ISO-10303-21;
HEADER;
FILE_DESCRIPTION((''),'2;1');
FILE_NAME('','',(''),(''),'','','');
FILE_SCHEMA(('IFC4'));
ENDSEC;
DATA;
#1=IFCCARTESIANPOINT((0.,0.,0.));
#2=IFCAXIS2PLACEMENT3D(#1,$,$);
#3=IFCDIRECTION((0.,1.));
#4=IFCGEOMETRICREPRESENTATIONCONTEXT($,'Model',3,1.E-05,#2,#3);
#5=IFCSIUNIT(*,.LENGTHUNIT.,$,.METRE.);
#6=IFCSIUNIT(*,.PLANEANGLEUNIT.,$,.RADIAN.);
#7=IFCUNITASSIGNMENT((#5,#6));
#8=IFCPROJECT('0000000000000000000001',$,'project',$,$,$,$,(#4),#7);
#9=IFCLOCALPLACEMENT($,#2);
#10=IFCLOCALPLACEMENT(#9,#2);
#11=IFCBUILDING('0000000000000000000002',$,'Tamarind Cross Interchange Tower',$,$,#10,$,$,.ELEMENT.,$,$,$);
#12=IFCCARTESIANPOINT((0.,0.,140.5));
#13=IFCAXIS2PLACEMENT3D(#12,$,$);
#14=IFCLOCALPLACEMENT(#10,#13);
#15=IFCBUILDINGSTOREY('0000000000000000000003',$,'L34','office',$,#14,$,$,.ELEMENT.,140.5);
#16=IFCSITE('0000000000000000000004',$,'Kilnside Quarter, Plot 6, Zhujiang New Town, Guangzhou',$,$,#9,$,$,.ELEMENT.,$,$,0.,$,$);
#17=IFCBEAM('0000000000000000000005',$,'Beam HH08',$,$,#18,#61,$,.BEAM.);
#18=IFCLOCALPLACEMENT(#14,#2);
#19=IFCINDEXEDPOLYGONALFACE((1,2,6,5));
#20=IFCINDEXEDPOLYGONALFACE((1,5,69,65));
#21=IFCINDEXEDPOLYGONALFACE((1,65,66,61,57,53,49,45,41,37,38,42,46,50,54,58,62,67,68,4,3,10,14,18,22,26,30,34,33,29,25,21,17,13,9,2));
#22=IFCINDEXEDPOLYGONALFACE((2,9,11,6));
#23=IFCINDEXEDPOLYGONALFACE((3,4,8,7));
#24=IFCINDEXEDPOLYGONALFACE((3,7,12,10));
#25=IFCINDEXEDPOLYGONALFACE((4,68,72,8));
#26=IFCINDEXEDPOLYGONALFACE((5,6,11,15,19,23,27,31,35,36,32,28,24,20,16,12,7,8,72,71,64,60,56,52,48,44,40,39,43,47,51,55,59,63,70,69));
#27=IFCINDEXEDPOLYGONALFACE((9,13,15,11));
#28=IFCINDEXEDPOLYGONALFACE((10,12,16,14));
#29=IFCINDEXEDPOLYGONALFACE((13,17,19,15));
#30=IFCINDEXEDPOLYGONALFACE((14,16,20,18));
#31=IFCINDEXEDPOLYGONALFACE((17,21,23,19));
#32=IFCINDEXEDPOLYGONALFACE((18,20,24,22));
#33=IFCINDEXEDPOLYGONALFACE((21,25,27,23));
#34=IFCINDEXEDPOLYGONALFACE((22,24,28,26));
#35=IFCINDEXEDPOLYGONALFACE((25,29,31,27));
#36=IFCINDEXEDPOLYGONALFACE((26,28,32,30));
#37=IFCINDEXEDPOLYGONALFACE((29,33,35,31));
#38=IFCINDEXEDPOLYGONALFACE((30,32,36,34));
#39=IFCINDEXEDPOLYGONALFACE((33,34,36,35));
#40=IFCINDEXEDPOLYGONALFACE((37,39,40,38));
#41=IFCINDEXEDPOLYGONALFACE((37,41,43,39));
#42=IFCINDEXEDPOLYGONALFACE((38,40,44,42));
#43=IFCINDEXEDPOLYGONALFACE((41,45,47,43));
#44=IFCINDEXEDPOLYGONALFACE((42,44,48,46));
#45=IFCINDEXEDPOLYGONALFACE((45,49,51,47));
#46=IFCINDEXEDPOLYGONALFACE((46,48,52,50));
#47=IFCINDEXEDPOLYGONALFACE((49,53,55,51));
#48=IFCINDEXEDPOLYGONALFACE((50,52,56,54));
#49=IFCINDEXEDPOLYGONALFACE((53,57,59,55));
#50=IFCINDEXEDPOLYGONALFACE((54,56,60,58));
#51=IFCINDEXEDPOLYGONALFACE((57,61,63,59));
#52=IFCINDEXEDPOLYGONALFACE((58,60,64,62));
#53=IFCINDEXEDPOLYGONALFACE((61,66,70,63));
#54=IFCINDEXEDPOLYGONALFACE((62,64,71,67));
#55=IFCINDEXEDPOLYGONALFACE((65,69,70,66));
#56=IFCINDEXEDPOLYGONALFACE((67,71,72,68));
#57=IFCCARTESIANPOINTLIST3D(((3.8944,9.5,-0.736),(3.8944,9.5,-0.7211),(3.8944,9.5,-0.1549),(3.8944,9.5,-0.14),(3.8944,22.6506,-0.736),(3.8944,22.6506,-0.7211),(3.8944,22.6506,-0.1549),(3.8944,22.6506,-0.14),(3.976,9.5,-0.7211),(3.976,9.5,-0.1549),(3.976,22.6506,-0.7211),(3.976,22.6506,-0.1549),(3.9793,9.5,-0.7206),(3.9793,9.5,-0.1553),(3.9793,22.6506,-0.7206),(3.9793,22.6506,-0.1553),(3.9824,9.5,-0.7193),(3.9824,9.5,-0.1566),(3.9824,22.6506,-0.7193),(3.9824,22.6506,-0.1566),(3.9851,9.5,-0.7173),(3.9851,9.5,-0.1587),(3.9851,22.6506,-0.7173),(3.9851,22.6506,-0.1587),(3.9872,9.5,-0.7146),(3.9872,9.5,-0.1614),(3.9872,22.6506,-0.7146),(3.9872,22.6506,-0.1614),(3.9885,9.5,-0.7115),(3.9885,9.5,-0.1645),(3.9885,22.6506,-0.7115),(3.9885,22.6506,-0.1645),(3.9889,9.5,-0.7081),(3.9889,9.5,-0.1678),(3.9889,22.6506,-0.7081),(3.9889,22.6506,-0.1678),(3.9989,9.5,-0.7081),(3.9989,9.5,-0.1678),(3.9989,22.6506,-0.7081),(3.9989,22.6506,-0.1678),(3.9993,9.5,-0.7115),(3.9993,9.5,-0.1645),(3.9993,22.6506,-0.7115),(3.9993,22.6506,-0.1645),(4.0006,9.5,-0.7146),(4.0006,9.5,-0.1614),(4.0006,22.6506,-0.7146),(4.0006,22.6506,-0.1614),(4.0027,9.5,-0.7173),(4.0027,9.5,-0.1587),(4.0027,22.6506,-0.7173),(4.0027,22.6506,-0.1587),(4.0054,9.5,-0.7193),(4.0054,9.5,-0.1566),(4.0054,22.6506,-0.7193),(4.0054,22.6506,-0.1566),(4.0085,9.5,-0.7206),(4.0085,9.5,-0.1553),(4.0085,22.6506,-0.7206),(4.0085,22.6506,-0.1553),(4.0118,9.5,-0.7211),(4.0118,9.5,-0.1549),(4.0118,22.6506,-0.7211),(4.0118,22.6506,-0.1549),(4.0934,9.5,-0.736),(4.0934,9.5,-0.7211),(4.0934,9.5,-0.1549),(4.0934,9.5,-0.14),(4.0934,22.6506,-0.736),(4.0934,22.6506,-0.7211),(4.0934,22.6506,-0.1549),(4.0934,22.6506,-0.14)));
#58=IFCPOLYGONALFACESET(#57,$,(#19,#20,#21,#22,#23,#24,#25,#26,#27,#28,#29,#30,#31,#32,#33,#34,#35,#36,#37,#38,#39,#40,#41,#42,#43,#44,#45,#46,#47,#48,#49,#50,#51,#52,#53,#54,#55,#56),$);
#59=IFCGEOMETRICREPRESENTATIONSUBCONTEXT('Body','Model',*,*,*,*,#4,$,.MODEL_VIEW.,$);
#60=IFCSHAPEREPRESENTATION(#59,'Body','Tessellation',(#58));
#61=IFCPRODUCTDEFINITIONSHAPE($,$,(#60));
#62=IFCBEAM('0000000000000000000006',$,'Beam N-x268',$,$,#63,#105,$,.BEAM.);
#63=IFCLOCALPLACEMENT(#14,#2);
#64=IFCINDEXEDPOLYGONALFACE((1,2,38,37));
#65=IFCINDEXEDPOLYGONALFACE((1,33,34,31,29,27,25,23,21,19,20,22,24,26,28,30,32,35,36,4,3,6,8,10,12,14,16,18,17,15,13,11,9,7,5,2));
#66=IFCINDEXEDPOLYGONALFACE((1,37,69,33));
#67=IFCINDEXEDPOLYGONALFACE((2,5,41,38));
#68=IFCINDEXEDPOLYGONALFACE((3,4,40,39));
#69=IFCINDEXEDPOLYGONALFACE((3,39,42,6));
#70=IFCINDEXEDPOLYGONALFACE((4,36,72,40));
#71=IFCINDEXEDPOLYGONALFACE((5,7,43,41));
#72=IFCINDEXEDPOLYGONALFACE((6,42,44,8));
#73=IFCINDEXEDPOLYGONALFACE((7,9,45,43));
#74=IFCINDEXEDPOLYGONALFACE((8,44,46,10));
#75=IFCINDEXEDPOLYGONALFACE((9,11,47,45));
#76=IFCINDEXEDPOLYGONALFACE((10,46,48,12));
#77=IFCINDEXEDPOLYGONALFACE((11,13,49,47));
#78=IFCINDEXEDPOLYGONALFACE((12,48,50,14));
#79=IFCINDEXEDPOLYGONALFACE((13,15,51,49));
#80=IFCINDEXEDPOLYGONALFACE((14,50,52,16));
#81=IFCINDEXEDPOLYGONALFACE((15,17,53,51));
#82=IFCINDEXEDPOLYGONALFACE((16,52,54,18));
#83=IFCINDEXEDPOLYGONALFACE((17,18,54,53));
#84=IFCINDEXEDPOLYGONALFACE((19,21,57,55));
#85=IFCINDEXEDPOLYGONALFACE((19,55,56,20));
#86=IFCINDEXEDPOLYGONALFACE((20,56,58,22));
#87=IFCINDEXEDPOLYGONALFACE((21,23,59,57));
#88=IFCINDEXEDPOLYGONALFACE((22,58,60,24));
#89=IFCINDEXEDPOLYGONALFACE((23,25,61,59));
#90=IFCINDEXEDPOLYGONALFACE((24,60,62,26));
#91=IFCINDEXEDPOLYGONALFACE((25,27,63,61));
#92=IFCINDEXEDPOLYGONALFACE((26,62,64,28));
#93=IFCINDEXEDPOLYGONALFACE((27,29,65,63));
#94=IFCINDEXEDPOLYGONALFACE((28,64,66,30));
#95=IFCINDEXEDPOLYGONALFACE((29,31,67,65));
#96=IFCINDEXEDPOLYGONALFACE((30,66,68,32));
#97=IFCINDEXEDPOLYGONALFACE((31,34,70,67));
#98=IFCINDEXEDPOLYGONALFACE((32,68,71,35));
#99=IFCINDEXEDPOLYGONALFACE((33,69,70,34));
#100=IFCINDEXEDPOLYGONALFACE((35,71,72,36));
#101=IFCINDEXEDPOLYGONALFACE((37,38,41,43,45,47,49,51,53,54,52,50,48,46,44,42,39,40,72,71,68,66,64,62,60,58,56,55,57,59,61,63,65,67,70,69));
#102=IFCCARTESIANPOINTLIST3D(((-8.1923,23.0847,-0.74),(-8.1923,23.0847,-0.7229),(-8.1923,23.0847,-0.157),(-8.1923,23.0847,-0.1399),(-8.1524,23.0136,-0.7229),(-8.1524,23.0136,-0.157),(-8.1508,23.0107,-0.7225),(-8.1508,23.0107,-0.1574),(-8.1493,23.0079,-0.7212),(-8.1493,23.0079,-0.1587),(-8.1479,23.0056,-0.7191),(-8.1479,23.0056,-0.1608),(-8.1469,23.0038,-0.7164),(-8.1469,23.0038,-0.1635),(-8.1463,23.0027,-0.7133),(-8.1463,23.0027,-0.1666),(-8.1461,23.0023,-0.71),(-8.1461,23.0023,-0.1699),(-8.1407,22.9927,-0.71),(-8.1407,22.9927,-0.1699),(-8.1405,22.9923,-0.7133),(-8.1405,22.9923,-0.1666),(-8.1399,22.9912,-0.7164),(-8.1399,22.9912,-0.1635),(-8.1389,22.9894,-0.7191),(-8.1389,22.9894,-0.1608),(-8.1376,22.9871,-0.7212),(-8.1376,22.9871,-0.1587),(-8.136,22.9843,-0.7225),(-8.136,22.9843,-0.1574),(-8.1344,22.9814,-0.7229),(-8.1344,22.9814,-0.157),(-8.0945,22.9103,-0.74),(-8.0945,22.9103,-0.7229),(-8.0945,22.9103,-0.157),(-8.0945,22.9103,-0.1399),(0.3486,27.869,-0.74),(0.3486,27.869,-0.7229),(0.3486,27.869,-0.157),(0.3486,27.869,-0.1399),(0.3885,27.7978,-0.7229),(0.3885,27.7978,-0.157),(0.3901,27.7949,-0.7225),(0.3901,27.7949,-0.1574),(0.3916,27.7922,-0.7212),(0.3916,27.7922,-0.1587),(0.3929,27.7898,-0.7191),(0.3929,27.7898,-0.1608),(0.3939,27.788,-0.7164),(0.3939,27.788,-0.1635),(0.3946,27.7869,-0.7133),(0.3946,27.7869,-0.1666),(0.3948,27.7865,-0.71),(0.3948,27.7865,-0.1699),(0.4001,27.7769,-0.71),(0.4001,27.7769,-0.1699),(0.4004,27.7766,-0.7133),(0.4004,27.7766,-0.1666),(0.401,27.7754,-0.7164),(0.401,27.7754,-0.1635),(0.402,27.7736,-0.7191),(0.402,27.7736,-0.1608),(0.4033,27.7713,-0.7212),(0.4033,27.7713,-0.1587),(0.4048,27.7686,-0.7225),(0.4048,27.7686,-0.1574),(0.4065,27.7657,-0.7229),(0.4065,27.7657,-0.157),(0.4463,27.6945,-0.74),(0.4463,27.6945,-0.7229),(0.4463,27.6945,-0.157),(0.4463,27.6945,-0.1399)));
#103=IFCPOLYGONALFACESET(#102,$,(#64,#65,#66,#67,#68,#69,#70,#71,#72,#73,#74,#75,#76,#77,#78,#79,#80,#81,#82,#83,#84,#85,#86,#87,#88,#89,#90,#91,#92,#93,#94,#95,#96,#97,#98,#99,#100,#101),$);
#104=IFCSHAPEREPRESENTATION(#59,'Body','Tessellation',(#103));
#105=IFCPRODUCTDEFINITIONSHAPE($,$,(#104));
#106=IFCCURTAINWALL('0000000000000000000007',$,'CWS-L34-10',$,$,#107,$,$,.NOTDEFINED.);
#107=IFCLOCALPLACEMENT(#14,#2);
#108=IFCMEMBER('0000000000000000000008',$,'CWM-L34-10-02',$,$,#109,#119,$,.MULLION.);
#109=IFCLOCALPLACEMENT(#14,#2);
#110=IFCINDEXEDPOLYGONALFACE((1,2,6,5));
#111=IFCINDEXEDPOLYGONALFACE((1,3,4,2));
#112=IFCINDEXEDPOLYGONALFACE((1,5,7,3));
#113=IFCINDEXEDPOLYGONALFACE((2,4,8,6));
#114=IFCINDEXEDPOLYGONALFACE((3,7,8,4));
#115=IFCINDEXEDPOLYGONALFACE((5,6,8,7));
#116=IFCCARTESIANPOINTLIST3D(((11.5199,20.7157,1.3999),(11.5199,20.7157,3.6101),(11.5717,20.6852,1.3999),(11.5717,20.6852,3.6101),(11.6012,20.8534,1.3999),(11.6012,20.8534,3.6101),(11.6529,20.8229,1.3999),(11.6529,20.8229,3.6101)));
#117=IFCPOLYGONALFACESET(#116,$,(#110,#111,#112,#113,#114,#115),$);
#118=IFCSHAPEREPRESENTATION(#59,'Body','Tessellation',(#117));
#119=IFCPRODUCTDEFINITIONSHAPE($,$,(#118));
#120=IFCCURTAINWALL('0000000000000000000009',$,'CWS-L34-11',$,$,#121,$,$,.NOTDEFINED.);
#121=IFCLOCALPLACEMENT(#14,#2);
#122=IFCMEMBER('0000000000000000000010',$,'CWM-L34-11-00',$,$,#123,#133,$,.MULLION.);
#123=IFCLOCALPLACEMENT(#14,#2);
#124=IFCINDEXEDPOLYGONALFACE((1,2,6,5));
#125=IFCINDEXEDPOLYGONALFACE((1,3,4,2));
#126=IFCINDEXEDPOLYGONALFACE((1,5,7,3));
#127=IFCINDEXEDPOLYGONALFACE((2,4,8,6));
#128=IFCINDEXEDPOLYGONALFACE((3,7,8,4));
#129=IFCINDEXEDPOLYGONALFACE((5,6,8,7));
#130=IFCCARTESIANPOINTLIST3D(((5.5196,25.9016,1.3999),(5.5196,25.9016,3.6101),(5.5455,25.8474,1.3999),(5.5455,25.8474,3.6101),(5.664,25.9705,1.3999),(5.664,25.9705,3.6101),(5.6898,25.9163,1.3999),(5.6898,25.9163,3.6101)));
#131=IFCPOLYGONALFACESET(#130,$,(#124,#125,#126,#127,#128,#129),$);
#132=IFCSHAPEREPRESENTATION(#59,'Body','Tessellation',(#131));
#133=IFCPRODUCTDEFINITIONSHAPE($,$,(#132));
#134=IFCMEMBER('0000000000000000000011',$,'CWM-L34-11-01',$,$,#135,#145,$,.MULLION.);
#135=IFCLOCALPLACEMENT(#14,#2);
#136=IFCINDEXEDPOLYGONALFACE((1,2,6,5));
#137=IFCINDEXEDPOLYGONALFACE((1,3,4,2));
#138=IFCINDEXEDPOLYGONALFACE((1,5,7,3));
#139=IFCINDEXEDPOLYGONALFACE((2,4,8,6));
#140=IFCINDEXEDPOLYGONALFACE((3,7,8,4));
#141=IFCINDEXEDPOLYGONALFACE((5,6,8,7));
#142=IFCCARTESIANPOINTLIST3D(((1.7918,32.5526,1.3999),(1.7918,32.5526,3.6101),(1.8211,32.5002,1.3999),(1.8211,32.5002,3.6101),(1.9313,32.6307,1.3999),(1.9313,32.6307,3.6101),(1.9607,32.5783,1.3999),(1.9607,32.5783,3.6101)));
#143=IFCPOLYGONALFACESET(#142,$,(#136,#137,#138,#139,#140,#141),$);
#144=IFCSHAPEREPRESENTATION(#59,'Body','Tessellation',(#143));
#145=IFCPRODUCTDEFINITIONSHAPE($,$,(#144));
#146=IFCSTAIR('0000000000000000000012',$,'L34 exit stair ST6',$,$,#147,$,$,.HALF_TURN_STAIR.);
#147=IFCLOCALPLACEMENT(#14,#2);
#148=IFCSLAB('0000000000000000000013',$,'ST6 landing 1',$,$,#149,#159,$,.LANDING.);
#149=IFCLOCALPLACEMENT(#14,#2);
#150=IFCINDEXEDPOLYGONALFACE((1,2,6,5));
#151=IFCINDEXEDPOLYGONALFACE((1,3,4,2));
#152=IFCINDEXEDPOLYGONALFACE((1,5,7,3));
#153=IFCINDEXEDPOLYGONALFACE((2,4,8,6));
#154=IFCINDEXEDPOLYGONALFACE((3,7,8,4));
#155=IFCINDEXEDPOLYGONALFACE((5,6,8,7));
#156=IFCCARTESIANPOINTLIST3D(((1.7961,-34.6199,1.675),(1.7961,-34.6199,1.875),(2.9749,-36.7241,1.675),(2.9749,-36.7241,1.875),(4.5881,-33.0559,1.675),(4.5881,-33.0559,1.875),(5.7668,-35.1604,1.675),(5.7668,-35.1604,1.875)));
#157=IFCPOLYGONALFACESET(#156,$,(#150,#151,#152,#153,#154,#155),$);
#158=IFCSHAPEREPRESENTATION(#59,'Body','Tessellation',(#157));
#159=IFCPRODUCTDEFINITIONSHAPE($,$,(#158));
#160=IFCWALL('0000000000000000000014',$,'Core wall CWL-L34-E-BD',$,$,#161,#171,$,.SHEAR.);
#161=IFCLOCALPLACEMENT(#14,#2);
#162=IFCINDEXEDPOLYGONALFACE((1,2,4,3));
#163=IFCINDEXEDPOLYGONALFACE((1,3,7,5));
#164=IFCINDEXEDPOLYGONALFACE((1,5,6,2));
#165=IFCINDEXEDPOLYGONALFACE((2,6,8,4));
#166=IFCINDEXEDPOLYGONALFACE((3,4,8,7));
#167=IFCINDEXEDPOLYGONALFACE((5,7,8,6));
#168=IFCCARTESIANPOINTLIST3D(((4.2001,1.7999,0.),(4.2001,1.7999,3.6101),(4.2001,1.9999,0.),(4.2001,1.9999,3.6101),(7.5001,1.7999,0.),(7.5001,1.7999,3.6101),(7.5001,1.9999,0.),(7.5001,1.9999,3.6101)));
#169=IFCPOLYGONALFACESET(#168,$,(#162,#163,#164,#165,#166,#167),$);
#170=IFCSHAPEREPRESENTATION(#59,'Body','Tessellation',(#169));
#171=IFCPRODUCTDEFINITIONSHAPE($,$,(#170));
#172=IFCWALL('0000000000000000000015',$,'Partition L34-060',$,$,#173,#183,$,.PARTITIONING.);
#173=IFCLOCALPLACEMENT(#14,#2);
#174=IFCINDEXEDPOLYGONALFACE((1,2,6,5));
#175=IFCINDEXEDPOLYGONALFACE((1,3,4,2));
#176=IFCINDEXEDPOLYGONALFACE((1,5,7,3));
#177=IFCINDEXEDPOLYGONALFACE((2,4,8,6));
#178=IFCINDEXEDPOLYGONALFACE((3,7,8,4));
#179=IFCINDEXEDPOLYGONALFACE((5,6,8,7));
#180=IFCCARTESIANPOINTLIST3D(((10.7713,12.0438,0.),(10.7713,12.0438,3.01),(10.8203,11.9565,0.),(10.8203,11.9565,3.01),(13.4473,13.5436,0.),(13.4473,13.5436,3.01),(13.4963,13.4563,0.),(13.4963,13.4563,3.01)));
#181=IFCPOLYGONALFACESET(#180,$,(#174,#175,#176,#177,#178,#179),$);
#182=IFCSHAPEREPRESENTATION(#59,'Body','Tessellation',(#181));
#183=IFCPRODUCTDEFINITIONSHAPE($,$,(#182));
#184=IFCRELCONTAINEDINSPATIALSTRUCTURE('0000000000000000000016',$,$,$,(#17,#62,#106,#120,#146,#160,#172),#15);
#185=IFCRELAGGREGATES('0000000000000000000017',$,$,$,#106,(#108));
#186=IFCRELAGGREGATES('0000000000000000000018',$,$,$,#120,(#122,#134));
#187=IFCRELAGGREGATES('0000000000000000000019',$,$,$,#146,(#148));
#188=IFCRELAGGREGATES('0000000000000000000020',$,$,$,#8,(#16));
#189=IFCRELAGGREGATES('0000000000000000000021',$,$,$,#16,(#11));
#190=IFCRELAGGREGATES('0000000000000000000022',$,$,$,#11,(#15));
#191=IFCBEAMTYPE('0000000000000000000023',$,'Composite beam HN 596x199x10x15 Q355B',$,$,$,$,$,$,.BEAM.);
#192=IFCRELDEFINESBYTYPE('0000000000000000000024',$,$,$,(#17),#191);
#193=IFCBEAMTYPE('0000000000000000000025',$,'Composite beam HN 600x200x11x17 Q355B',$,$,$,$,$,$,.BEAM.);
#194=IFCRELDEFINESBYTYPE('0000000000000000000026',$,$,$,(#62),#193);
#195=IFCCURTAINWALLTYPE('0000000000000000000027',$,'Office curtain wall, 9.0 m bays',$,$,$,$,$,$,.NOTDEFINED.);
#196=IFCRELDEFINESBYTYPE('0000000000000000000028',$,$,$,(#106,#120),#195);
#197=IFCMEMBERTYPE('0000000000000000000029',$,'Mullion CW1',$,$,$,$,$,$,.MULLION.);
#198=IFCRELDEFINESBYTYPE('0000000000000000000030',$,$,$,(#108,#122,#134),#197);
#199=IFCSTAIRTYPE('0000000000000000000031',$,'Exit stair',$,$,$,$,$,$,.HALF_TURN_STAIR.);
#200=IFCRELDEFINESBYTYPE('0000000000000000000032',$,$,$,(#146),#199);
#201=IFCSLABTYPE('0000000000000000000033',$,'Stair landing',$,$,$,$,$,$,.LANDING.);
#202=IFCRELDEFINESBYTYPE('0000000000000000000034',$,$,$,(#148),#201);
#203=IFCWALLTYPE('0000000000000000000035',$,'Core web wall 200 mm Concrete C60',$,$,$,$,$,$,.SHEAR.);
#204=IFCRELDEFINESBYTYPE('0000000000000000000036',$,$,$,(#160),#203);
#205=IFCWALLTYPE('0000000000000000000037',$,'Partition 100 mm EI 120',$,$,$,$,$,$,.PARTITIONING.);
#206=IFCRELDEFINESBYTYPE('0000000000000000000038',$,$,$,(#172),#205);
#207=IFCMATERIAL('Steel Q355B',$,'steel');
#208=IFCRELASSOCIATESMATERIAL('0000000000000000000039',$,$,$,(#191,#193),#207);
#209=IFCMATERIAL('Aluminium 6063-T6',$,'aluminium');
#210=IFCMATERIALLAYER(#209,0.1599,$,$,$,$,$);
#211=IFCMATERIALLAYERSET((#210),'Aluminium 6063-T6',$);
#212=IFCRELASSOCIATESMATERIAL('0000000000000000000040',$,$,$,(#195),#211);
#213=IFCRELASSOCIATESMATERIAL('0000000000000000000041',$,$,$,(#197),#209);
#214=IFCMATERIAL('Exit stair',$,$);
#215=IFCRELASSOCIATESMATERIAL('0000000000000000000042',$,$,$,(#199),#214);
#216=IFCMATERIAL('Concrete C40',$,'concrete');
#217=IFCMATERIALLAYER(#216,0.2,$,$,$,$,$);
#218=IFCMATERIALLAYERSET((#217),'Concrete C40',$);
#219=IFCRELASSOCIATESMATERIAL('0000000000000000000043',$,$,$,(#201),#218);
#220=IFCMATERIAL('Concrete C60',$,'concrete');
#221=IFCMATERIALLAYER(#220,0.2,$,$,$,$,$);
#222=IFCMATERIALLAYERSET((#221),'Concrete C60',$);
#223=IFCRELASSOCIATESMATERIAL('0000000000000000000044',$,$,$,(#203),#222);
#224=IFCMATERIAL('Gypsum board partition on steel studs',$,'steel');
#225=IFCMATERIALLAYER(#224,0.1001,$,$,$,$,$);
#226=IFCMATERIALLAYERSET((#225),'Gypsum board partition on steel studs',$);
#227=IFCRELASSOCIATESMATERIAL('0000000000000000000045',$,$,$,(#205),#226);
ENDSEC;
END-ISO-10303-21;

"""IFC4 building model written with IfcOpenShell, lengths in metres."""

from ifc_helpers import new_model, si_unit, direction, frame, frame_2d, origin, origin_2d, place, context, subcontext, project, spatial, polyline, rectangle, i_section, outline, extrude, material, layer, layer_set, material_profile, profile_set, type_object, element, aggregate, save


model = new_model("IFC4")

# Units and contexts
model_context = context("Model", 3, precision=1e-05, world=origin(), true_north=direction((0.0, 1.0)))
body_context = subcontext(model_context, "Body", "Model", "MODEL_VIEW")
ifc_project = project(units=[si_unit("LENGTHUNIT", "METRE"), si_unit("PLANEANGLEUNIT", "RADIAN")], contexts=[model_context])

# Site, building, storey
site_placement = place(None, origin())
site = spatial("IfcSite", under=ifc_project, at=site_placement, Name="Kilnside Quarter, Plot 6, Zhujiang New Town, Guangzhou", CompositionType="ELEMENT", RefElevation=0.0)
building_placement = place(site_placement, origin())
building = spatial("IfcBuilding", under=site, at=building_placement, Name="Tamarind Cross Interchange Tower", CompositionType="ELEMENT")
storey_placement = place(building_placement, frame((0.0, 0.0, 140.5)))
storey = spatial("IfcBuildingStorey", under=building, at=storey_placement, Name="L34", Description="office", CompositionType="ELEMENT", Elevation=140.5)

# Shared definitions
ifc_material_1 = material(Name="Concrete C60", Category="concrete")

# Beams
ifc_material_2 = material(Name="Steel Q355B", Category="steel")
ifc_material_profile_1 = material_profile(ifc_material_2, i_section(OverallWidth=0.199, OverallDepth=0.5959, WebThickness=0.01, FlangeThickness=0.0149, FilletRadius=0.0129, at=origin_2d()), Name="HN 596x199x10x15")
ifc_profile_set_1 = profile_set([ifc_material_profile_1], Name="Steel Q355B")
beam_type_1 = type_object("IfcBeamType", Name="Composite beam HN 596x199x10x15 Q355B", PredefinedType="BEAM", material=ifc_profile_set_1)
beam_1_placement = place(storey_placement, frame((3.9939, 22.6506, -0.438), z_axis=(0.0, -1.0, 0.0), x_axis=(1.0, 0.0, 0.0)))
element("IfcBeam", 1, at=beam_1_placement, inside=storey, type_object=beam_type_1, Name="Beam HH08", PredefinedType="BEAM", context=body_context, shape_type="SweptSolid", body=[
    extrude(i_section(OverallWidth=0.199, OverallDepth=0.5959, WebThickness=0.01, FlangeThickness=0.0149, FilletRadius=0.0129, at=origin_2d()), origin(), (0.0, 0.0, 1.0), 13.1506),
])
ifc_material_profile_2 = material_profile(ifc_material_2, i_section(OverallWidth=0.2, OverallDepth=0.6001, WebThickness=0.011, FlangeThickness=0.0171, FilletRadius=0.0129, at=origin_2d()), Name="HN 600x200x11x17")
ifc_profile_set_2 = profile_set([ifc_material_profile_2], Name="Steel Q355B")
beam_type_2 = type_object("IfcBeamType", Name="Composite beam HN 600x200x11x17 Q355B", PredefinedType="BEAM", material=ifc_profile_set_2)
beam_2_placement = place(storey_placement, frame((0.3975, 27.7817, -0.4399), z_axis=(-0.872447, -0.488708, 0.0), x_axis=(0.488708, -0.872447, 0.0)))
element("IfcBeam", 2, at=beam_2_placement, inside=storey, type_object=beam_type_2, Name="Beam N-x268", PredefinedType="BEAM", context=body_context, shape_type="SweptSolid", body=[
    extrude(i_section(OverallWidth=0.2, OverallDepth=0.6001, WebThickness=0.011, FlangeThickness=0.0171, FilletRadius=0.0129, at=origin_2d()), origin(), (0.0, 0.0, 1.0), 9.7896),
])

# Curtain wall, member
ifc_material_3 = material(Name="Aluminium 6063-T6", Category="aluminium")
ifc_layer_1 = layer(ifc_material_3, 0.1599)
ifc_layer_set_1 = layer_set([ifc_layer_1], Name="Aluminium 6063-T6")
curtain_wall_type = type_object("IfcCurtainWallType", Name="Office curtain wall, 9.0 m bays", PredefinedType="NOTDEFINED", material=ifc_layer_set_1)
curtain_wall_1_placement = place(storey_placement, origin())
curtain_wall_1 = element("IfcCurtainWall", 3, at=curtain_wall_1_placement, inside=storey, type_object=curtain_wall_type, Name="CWS-L34-10", PredefinedType="NOTDEFINED")
ifc_material_profile_3 = material_profile(ifc_material_3, rectangle(XDim=0.0601, YDim=0.1599, at=origin_2d()), Name="Mullion CW1")
ifc_profile_set_3 = profile_set([ifc_material_profile_3], Name="Aluminium 6063-T6")
member_type = type_object("IfcMemberType", Name="Mullion CW1", PredefinedType="MULLION", material=ifc_profile_set_3)
member_1_placement = place(storey_placement, frame((11.5864, 20.7693, 1.3999), z_axis=(0.0, 0.0, 1.0), x_axis=(-0.861249, 0.508183, 0.0)))
member_1 = element("IfcMember", 4, at=member_1_placement, type_object=member_type, Name="CWM-L34-10-02", PredefinedType="MULLION", context=body_context, shape_type="SweptSolid", body=[
    extrude(rectangle(XDim=0.0601, YDim=0.1599, at=origin_2d()), origin(), (0.0, 0.0, 1.0), 2.2102),
])
aggregate(curtain_wall_1, [member_1])

# Curtain wall, members
curtain_wall_2_placement = place(storey_placement, origin())
curtain_wall_2 = element("IfcCurtainWall", 5, at=curtain_wall_2_placement, inside=storey, type_object=curtain_wall_type, Name="CWS-L34-11", PredefinedType="NOTDEFINED")
member_2_placement = place(storey_placement, frame((5.6047, 25.9089, 1.3999), z_axis=(0.0, 0.0, 1.0), x_axis=(-0.43058, 0.902552, 0.0)))
member_2 = element("IfcMember", 6, at=member_2_placement, type_object=member_type, Name="CWM-L34-11-00", PredefinedType="MULLION", context=body_context, shape_type="SweptSolid", body=[
    extrude(rectangle(XDim=0.0601, YDim=0.1599, at=origin_2d()), origin(), (0.0, 0.0, 1.0), 2.2102),
])
member_3_placement = place(storey_placement, frame((1.8762, 32.5654, 1.3999), z_axis=(0.0, 0.0, 1.0), x_axis=(-0.488688, 0.872458, 0.0)))
member_3 = element("IfcMember", 7, at=member_3_placement, type_object=member_type, Name="CWM-L34-11-01", PredefinedType="MULLION", context=body_context, shape_type="SweptSolid", body=[
    extrude(rectangle(XDim=0.0601, YDim=0.1599, at=origin_2d()), origin(), (0.0, 0.0, 1.0), 2.2102),
])
aggregate(curtain_wall_2, [member_2, member_3])

# Stair, slab
ifc_material_4 = material(Name="Exit stair")
stair_type = type_object("IfcStairType", Name="Exit stair", PredefinedType="HALF_TURN_STAIR", material=ifc_material_4)
stair_1_placement = place(storey_placement, origin())
stair_1 = element("IfcStair", 8, at=stair_1_placement, inside=storey, type_object=stair_type, Name="L34 exit stair ST6", PredefinedType="HALF_TURN_STAIR")
ifc_material_5 = material(Name="Concrete C40", Category="concrete")
ifc_layer_2 = layer(ifc_material_5, 0.2)
ifc_layer_set_2 = layer_set([ifc_layer_2], Name="Concrete C40")
slab_type = type_object("IfcSlabType", Name="Stair landing", PredefinedType="LANDING", material=ifc_layer_set_2)
slab_placement = place(storey_placement, frame((0.0, 0.0, 1.675)))
slab = element("IfcSlab", 9, at=slab_placement, type_object=slab_type, Name="ST6 landing 1", PredefinedType="LANDING", context=body_context, shape_type="SweptSolid", body=[
    extrude(outline(polyline([(1.7961, -34.6199), (2.9749, -36.7241), (5.7668, -35.1604), (4.5881, -33.0559), (1.7961, -34.6199)])), origin(), (0.0, 0.0, 1.0), 0.2),
])
aggregate(stair_1, [slab])

# Walls
ifc_layer_3 = layer(ifc_material_1, 0.2)
ifc_layer_set_3 = layer_set([ifc_layer_3], Name="Concrete C60")
wall_type_1 = type_object("IfcWallType", Name="Core web wall 200 mm Concrete C60", PredefinedType="SHEAR", material=ifc_layer_set_3)
wall_1_placement = place(storey_placement, frame((7.5, 1.8999, 0.0), z_axis=(0.0, 0.0, 1.0), x_axis=(-1.0, 0.0, 0.0)))
element("IfcWall", 10, at=wall_1_placement, inside=storey, type_object=wall_type_1, Name="Core wall CWL-L34-E-BD", PredefinedType="SHEAR", context=body_context, shape_type="SweptSolid", body=[
    extrude(rectangle(XDim=3.3, YDim=0.2, at=frame_2d((1.6499, 0.0))), origin(), (0.0, 0.0, 1.0), 3.6101),
])
ifc_material_6 = material(Name="Gypsum board partition on steel studs", Category="steel")
ifc_layer_4 = layer(ifc_material_6, 0.1001)
ifc_layer_set_4 = layer_set([ifc_layer_4], Name="Gypsum board partition on steel studs")
wall_type_2 = type_object("IfcWallType", Name="Partition 100 mm EI 120", PredefinedType="PARTITIONING", material=ifc_layer_set_4)
wall_2_placement = place(storey_placement, frame((10.7959, 12.0002, 0.0), z_axis=(0.0, 0.0, 1.0), x_axis=(0.872342, 0.488897, 0.0)))
element("IfcWall", 11, at=wall_2_placement, inside=storey, type_object=wall_type_2, Name="Partition L34-060", PredefinedType="PARTITIONING", context=body_context, shape_type="SweptSolid", body=[
    extrude(rectangle(XDim=3.0676, YDim=0.1001, at=frame_2d((1.5337, 0.0))), origin(), (0.0, 0.0, 1.0), 3.01),
])

save(model, "model.ifc")
